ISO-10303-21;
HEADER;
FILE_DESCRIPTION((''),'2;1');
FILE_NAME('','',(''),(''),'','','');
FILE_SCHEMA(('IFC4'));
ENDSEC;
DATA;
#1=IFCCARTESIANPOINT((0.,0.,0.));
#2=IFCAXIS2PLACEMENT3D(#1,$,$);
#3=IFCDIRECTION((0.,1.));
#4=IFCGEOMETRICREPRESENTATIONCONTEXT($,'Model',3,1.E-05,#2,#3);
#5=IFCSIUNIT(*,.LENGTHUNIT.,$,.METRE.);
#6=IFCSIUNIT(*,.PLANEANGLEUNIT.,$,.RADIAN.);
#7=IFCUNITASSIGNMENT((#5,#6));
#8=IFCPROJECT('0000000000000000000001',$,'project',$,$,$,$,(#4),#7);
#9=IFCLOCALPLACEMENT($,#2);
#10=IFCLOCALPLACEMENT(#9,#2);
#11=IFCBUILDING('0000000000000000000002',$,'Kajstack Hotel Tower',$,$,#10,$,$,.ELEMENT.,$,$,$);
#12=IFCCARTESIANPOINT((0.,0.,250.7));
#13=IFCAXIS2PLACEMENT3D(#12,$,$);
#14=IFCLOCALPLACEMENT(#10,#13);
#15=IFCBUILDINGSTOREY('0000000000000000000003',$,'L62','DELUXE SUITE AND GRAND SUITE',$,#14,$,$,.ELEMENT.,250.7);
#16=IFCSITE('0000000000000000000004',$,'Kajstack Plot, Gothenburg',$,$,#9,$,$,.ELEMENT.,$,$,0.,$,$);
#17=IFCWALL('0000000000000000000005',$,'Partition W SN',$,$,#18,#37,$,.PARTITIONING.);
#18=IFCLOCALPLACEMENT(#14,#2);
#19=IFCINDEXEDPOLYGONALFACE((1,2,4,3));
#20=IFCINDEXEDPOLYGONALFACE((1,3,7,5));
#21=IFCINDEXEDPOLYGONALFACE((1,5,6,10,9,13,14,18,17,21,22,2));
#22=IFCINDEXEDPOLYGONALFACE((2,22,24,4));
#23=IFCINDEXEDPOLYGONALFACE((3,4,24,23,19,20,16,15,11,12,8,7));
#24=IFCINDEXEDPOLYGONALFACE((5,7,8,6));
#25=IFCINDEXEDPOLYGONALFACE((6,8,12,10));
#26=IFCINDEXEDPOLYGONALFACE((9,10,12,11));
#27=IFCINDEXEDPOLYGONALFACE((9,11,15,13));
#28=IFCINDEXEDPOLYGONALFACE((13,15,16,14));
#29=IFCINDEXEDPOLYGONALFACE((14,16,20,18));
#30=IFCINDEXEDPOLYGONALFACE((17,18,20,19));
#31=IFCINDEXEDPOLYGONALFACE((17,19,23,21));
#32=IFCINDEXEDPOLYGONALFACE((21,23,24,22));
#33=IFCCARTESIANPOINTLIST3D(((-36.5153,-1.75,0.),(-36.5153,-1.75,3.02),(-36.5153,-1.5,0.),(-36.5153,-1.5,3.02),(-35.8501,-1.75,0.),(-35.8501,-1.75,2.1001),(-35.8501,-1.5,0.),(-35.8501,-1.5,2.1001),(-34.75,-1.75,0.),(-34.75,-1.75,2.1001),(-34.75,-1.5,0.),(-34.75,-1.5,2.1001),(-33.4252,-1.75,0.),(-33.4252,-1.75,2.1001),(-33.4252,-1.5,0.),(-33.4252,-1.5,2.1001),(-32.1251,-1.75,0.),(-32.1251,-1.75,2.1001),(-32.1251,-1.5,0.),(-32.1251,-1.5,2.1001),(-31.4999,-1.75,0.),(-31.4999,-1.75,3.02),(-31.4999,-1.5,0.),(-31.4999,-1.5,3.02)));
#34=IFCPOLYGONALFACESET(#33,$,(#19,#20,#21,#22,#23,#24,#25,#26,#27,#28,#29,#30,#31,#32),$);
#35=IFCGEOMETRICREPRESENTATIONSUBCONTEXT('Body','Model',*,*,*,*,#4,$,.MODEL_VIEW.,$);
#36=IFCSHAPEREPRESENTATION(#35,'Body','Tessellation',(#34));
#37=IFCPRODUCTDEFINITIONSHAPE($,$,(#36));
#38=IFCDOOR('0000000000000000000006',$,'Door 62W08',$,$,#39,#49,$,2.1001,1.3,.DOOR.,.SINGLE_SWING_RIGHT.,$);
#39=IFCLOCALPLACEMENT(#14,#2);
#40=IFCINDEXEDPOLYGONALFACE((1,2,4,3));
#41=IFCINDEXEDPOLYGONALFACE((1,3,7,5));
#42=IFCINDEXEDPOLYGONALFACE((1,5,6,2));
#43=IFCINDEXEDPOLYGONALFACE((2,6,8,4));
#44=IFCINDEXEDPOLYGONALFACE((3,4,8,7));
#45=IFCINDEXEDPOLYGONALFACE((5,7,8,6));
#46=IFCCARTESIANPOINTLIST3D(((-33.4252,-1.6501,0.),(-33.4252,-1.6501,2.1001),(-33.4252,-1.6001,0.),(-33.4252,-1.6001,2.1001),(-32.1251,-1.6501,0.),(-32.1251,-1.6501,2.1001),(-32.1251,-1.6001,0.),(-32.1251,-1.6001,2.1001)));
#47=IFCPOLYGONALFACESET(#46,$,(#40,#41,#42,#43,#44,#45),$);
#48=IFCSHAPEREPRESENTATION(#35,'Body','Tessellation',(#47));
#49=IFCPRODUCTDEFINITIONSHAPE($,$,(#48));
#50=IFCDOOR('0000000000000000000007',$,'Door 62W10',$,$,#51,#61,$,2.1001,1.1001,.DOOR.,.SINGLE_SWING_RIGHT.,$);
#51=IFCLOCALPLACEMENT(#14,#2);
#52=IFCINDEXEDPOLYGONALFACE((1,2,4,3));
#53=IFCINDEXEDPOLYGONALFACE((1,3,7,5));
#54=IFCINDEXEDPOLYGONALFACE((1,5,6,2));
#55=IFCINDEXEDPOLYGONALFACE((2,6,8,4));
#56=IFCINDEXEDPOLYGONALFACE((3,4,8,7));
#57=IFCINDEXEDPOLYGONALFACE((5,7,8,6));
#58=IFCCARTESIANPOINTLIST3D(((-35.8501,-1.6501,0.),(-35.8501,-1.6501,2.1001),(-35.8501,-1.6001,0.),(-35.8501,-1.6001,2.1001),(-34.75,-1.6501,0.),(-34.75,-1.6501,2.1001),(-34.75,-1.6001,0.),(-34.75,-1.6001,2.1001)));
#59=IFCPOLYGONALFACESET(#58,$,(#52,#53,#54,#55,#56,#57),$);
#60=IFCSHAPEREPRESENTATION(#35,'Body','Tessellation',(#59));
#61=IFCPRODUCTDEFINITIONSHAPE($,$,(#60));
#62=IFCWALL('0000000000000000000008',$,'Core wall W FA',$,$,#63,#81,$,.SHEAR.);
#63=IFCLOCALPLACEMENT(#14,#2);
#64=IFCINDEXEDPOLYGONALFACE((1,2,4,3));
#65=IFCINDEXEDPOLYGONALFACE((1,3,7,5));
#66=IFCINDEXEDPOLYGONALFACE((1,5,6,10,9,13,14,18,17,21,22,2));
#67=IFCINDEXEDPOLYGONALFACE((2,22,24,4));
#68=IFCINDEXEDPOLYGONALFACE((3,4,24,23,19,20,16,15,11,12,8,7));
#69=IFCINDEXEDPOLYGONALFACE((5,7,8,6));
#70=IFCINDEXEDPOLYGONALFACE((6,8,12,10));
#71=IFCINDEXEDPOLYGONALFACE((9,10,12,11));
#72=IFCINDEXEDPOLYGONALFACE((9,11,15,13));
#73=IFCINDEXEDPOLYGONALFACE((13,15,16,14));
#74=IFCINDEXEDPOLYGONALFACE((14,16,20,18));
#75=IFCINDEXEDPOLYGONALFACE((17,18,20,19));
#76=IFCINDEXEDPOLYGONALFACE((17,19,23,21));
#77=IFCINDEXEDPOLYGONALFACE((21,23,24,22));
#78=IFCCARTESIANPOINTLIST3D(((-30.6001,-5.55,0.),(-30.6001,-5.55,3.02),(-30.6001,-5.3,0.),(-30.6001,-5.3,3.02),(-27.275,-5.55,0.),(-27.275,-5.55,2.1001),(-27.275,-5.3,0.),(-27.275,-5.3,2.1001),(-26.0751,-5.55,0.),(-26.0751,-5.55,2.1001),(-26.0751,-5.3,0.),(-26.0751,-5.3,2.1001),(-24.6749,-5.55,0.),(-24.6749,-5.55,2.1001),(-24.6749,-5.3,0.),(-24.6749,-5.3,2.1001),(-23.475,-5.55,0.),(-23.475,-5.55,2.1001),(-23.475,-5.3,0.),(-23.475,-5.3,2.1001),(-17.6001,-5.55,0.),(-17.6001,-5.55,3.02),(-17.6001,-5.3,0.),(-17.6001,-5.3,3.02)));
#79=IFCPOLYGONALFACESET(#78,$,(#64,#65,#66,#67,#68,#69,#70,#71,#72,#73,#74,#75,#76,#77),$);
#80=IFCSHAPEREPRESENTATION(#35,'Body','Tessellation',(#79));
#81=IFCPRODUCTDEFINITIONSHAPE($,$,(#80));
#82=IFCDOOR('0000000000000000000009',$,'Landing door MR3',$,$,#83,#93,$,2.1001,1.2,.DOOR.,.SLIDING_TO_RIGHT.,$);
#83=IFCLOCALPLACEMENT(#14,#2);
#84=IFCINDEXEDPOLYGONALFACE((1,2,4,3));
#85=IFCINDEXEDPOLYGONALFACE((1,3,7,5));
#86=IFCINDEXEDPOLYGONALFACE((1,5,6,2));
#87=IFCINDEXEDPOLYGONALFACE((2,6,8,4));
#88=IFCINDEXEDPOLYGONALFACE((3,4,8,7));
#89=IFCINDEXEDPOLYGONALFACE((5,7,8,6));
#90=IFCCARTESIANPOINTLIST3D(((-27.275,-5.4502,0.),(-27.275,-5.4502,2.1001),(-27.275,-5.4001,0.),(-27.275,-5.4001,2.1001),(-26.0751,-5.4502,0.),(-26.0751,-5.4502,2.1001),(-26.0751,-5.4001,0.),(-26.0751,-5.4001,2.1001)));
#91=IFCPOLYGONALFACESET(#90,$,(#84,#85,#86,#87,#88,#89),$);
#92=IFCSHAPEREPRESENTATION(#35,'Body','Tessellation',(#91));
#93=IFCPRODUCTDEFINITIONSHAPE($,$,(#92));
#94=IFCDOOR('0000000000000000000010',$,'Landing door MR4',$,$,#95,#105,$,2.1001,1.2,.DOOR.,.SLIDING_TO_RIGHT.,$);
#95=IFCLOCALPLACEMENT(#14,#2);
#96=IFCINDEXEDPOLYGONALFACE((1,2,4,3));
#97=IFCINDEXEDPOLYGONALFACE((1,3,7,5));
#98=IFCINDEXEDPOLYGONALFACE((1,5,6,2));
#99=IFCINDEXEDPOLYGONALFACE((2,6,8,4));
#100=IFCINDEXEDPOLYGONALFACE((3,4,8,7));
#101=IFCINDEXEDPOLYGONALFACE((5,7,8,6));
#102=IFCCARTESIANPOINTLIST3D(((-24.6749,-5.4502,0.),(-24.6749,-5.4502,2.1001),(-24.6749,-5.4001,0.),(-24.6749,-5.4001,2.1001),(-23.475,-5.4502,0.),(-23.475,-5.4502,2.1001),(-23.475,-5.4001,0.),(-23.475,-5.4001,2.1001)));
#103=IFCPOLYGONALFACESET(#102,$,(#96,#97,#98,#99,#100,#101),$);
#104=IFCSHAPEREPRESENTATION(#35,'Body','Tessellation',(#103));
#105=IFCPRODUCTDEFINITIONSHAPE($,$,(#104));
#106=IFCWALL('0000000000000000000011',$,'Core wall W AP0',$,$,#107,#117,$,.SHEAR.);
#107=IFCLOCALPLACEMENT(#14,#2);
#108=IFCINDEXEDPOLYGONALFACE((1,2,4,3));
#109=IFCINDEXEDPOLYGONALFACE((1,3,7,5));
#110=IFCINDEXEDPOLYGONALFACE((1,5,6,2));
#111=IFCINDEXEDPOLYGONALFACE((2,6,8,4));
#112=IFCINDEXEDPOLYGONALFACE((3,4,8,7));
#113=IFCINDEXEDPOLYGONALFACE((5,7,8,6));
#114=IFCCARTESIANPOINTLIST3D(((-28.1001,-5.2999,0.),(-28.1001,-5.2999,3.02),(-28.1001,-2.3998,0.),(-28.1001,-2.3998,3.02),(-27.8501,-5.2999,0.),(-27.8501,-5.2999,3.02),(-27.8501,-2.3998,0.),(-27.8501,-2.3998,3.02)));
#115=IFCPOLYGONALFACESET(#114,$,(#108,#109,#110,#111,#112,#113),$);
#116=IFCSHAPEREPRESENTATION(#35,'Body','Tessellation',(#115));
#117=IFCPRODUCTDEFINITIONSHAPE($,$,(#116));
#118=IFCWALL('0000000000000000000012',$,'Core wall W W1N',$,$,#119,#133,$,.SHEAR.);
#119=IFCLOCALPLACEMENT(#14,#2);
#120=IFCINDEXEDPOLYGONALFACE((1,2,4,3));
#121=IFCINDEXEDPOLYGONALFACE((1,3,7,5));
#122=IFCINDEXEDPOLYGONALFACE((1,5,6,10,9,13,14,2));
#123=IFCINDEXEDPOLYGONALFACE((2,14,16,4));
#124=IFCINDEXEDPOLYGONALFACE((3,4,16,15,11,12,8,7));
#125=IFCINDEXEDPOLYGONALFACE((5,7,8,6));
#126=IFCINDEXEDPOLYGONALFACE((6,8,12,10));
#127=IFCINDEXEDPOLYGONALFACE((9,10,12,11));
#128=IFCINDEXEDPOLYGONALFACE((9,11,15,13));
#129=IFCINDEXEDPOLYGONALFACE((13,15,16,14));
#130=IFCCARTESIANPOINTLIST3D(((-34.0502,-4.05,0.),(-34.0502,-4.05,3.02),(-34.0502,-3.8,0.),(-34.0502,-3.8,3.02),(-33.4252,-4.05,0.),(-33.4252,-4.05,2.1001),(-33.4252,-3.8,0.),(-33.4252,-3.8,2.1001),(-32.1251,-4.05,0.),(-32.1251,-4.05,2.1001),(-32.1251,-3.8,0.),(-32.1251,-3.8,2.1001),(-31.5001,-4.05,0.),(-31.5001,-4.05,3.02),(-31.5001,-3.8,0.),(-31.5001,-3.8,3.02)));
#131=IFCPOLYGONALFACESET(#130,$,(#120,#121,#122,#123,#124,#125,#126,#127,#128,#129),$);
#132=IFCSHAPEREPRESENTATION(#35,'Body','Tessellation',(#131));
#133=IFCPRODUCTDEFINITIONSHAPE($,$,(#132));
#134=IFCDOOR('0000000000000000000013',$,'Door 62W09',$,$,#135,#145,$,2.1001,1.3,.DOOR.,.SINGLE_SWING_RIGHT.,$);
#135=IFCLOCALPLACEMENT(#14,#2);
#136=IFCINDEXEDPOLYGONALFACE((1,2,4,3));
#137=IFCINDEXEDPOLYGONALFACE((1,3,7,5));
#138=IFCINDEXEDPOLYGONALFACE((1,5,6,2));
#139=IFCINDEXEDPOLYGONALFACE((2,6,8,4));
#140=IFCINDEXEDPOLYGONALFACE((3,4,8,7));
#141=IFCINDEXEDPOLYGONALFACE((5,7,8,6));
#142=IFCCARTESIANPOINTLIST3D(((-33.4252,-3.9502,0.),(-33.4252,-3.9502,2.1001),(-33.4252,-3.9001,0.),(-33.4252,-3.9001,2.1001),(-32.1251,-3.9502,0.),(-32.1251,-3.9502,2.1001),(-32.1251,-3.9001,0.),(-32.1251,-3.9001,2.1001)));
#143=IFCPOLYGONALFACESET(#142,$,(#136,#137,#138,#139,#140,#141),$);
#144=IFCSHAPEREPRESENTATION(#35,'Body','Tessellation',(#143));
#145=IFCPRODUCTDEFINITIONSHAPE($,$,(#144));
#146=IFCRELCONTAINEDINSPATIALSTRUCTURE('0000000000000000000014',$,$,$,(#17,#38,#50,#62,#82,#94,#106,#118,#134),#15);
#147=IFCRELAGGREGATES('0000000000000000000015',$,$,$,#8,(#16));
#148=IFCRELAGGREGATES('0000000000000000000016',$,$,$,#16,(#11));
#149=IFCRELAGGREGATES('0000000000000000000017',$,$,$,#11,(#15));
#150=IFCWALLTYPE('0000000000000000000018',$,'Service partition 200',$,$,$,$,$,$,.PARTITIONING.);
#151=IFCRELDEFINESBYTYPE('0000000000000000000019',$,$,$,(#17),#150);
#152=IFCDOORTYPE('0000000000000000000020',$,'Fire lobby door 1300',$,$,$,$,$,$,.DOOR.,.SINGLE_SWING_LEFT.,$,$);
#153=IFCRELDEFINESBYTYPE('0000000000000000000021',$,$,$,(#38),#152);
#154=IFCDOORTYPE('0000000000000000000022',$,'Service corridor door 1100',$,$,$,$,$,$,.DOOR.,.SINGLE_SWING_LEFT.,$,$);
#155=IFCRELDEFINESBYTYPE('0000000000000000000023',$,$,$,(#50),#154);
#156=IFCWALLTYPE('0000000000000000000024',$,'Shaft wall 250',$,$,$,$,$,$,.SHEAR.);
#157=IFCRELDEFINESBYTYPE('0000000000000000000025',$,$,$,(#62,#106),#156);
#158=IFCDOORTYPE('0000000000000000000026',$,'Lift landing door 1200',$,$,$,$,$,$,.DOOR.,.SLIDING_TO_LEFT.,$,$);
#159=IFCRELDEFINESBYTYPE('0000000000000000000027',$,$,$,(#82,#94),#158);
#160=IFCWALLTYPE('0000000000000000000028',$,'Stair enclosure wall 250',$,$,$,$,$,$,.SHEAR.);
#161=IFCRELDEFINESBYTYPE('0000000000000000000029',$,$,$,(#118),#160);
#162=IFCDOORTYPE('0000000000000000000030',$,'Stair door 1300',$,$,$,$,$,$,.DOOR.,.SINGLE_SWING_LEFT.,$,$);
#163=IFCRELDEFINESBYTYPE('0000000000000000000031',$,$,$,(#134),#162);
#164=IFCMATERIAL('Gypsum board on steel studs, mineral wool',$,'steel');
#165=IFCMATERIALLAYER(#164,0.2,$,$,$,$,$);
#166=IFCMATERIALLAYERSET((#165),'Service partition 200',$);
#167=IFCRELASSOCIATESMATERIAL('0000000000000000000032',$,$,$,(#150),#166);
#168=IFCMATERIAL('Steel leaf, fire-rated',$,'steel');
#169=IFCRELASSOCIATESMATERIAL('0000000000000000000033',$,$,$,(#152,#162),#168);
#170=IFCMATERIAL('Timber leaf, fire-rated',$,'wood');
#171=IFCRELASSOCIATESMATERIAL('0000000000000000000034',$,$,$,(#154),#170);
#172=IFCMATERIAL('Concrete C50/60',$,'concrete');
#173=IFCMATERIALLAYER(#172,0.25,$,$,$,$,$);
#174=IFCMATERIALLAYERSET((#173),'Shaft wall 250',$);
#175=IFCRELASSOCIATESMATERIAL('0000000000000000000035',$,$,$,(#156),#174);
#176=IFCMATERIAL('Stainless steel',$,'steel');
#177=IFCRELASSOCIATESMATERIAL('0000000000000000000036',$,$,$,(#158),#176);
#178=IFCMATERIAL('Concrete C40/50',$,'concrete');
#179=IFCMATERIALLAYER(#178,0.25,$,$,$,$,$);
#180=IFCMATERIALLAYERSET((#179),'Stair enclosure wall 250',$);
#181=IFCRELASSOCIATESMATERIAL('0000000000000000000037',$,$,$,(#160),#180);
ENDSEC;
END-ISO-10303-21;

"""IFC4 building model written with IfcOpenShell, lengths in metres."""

from ifc_helpers import new_model, si_unit, direction, frame, frame_2d, origin, place, context, subcontext, project, spatial, rectangle, extrude, material, layer, layer_set, type_object, element, fill, save


model = new_model("IFC4")

# Units and contexts
model_context = context("Model", 3, precision=1e-05, world=origin(), true_north=direction((0.0, 1.0)))
body_context = subcontext(model_context, "Body", "Model", "MODEL_VIEW")
ifc_project = project(units=[si_unit("LENGTHUNIT", "METRE"), si_unit("PLANEANGLEUNIT", "RADIAN")], contexts=[model_context])

# Site, building, storey
site_placement = place(None, origin())
site = spatial("IfcSite", under=ifc_project, at=site_placement, Name="Kajstack Plot, Gothenburg", CompositionType="ELEMENT", RefElevation=0.0)
building_placement = place(site_placement, origin())
building = spatial("IfcBuilding", under=site, at=building_placement, Name="Kajstack Hotel Tower", CompositionType="ELEMENT")
storey_placement = place(building_placement, frame((0.0, 0.0, 250.7)))
storey = spatial("IfcBuildingStorey", under=building, at=storey_placement, Name="L62", Description="DELUXE SUITE AND GRAND SUITE", CompositionType="ELEMENT", Elevation=250.7)

# Shared definitions
ifc_material_1 = material(Name="Gypsum board on steel studs, mineral wool", Category="steel")

# Shared definitions
ifc_material_2 = material(Name="Concrete C50/60", Category="concrete")

# Walls, openings, doors
ifc_layer_1 = layer(ifc_material_1, 0.2)
ifc_layer_set_1 = layer_set([ifc_layer_1], Name="Service partition 200")
wall_type_1 = type_object("IfcWallType", Name="Service partition 200", PredefinedType="PARTITIONING", material=ifc_layer_set_1)
wall_1_placement = place(storey_placement, frame((-36.5154, -1.625, 0.0), z_axis=(0.0, 0.0, 1.0), x_axis=(1.0, 0.0, 0.0)))
wall_1 = element("IfcWall", 1, at=wall_1_placement, inside=storey, type_object=wall_type_1, Name="Partition W SN", PredefinedType="PARTITIONING", context=body_context, shape_type="SweptSolid", body=[
    extrude(rectangle(XDim=5.0154, YDim=0.25, at=frame_2d((2.5078, 0.0))), origin(), (0.0, 0.0, 1.0), 3.02),
])
opening_1_placement = place(wall_1_placement, frame((3.0903, 0.0, 0.0)))
opening_1 = element("IfcOpeningElement", 2, at=opening_1_placement, cuts=wall_1, PredefinedType="OPENING", context=body_context, shape_type="SweptSolid", body=[
    extrude(rectangle(XDim=1.3, YDim=2.1001, at=frame_2d((0.6499, 1.05))), frame((0.0, 0.135, 0.0), z_axis=(0.0, -1.0, 0.0), x_axis=(1.0, 0.0, 0.0)), (0.0, 0.0, 1.0), 0.27),
])
opening_2_placement = place(wall_1_placement, frame((0.6653, 0.0, 0.0)))
opening_2 = element("IfcOpeningElement", 3, at=opening_2_placement, cuts=wall_1, PredefinedType="OPENING", context=body_context, shape_type="SweptSolid", body=[
    extrude(rectangle(XDim=1.1001, YDim=2.1001, at=frame_2d((0.55, 1.05))), frame((0.0, 0.135, 0.0), z_axis=(0.0, -1.0, 0.0), x_axis=(1.0, 0.0, 0.0)), (0.0, 0.0, 1.0), 0.27),
])
ifc_material_3 = material(Name="Steel leaf, fire-rated", Category="steel")
door_type_1 = type_object("IfcDoorType", Name="Fire lobby door 1300", OperationType="SINGLE_SWING_LEFT", PredefinedType="DOOR", material=ifc_material_3)
door_1_placement = place(opening_1_placement, origin())
door_1 = element("IfcDoor", 4, at=door_1_placement, inside=storey, type_object=door_type_1, Name="Door 62W08", OperationType="SINGLE_SWING_RIGHT", OverallHeight=2.1001, OverallWidth=1.3, PredefinedType="DOOR", context=body_context, shape_type="SweptSolid", body=[
    extrude(rectangle(XDim=1.3, YDim=2.1001, at=frame_2d((0.6499, 1.05))), frame((0.0, 0.0249, 0.0), z_axis=(0.0, -1.0, 0.0), x_axis=(1.0, 0.0, 0.0)), (0.0, 0.0, 1.0), 0.05),
])
fill(opening_1, door_1)
ifc_material_4 = material(Name="Timber leaf, fire-rated", Category="wood")
door_type_2 = type_object("IfcDoorType", Name="Service corridor door 1100", OperationType="SINGLE_SWING_LEFT", PredefinedType="DOOR", material=ifc_material_4)
door_2_placement = place(opening_2_placement, origin())
door_2 = element("IfcDoor", 5, at=door_2_placement, inside=storey, type_object=door_type_2, Name="Door 62W10", OperationType="SINGLE_SWING_RIGHT", OverallHeight=2.1001, OverallWidth=1.1001, PredefinedType="DOOR", context=body_context, shape_type="SweptSolid", body=[
    extrude(rectangle(XDim=1.1001, YDim=2.1001, at=frame_2d((0.55, 1.05))), frame((0.0, 0.0249, 0.0), z_axis=(0.0, -1.0, 0.0), x_axis=(1.0, 0.0, 0.0)), (0.0, 0.0, 1.0), 0.05),
])
fill(opening_2, door_2)
ifc_layer_2 = layer(ifc_material_2, 0.25)
ifc_layer_set_2 = layer_set([ifc_layer_2], Name="Shaft wall 250")
wall_type_2 = type_object("IfcWallType", Name="Shaft wall 250", PredefinedType="SHEAR", material=ifc_layer_set_2)
wall_2_placement = place(storey_placement, frame((-30.6001, -5.425, 0.0), z_axis=(0.0, 0.0, 1.0), x_axis=(1.0, 0.0, 0.0)))
wall_2 = element("IfcWall", 6, at=wall_2_placement, inside=storey, type_object=wall_type_2, Name="Core wall W FA", PredefinedType="SHEAR", context=body_context, shape_type="SweptSolid", body=[
    extrude(rectangle(XDim=13.0, YDim=0.25, at=frame_2d((6.5, 0.0))), origin(), (0.0, 0.0, 1.0), 3.02),
])
opening_3_placement = place(wall_2_placement, frame((3.325, 0.0, 0.0)))
opening_3 = element("IfcOpeningElement", 7, at=opening_3_placement, cuts=wall_2, PredefinedType="OPENING", context=body_context, shape_type="SweptSolid", body=[
    extrude(rectangle(XDim=1.2, YDim=2.1001, at=frame_2d((0.6001, 1.05))), frame((0.0, 0.135, 0.0), z_axis=(0.0, -1.0, 0.0), x_axis=(1.0, 0.0, 0.0)), (0.0, 0.0, 1.0), 0.27),
])
opening_4_placement = place(wall_2_placement, frame((5.925, 0.0, 0.0)))
opening_4 = element("IfcOpeningElement", 8, at=opening_4_placement, cuts=wall_2, PredefinedType="OPENING", context=body_context, shape_type="SweptSolid", body=[
    extrude(rectangle(XDim=1.2, YDim=2.1001, at=frame_2d((0.6001, 1.05))), frame((0.0, 0.135, 0.0), z_axis=(0.0, -1.0, 0.0), x_axis=(1.0, 0.0, 0.0)), (0.0, 0.0, 1.0), 0.27),
])
ifc_material_5 = material(Name="Stainless steel", Category="steel")
door_type_3 = type_object("IfcDoorType", Name="Lift landing door 1200", OperationType="SLIDING_TO_LEFT", PredefinedType="DOOR", material=ifc_material_5)
door_3_placement = place(opening_3_placement, origin())
door_3 = element("IfcDoor", 9, at=door_3_placement, inside=storey, type_object=door_type_3, Name="Landing door MR3", OperationType="SLIDING_TO_RIGHT", OverallHeight=2.1001, OverallWidth=1.2, PredefinedType="DOOR", context=body_context, shape_type="SweptSolid", body=[
    extrude(rectangle(XDim=1.2, YDim=2.1001, at=frame_2d((0.6001, 1.05))), frame((0.0, 0.0249, 0.0), z_axis=(0.0, -1.0, 0.0), x_axis=(1.0, 0.0, 0.0)), (0.0, 0.0, 1.0), 0.05),
])
fill(opening_3, door_3)
door_4_placement = place(opening_4_placement, origin())
door_4 = element("IfcDoor", 10, at=door_4_placement, inside=storey, type_object=door_type_3, Name="Landing door MR4", OperationType="SLIDING_TO_RIGHT", OverallHeight=2.1001, OverallWidth=1.2, PredefinedType="DOOR", context=body_context, shape_type="SweptSolid", body=[
    extrude(rectangle(XDim=1.2, YDim=2.1001, at=frame_2d((0.6001, 1.05))), frame((0.0, 0.0249, 0.0), z_axis=(0.0, -1.0, 0.0), x_axis=(1.0, 0.0, 0.0)), (0.0, 0.0, 1.0), 0.05),
])
fill(opening_4, door_4)

# Wall
wall_3_placement = place(storey_placement, frame((-27.9751, -5.3, 0.0), z_axis=(0.0, 0.0, 1.0), x_axis=(0.0, 1.0, 0.0)))
element("IfcWall", 11, at=wall_3_placement, inside=storey, type_object=wall_type_2, Name="Core wall W AP0", PredefinedType="SHEAR", context=body_context, shape_type="SweptSolid", body=[
    extrude(rectangle(XDim=2.9001, YDim=0.25, at=frame_2d((1.4502, 0.0))), origin(), (0.0, 0.0, 1.0), 3.02),
])

# Wall, opening, door
ifc_material_6 = material(Name="Concrete C40/50", Category="concrete")
ifc_layer_3 = layer(ifc_material_6, 0.25)
ifc_layer_set_3 = layer_set([ifc_layer_3], Name="Stair enclosure wall 250")
wall_type_3 = type_object("IfcWallType", Name="Stair enclosure wall 250", PredefinedType="SHEAR", material=ifc_layer_set_3)
wall_4_placement = place(storey_placement, frame((-34.05, -3.925, 0.0), z_axis=(0.0, 0.0, 1.0), x_axis=(1.0, 0.0, 0.0)))
wall_4 = element("IfcWall", 12, at=wall_4_placement, inside=storey, type_object=wall_type_3, Name="Core wall W W1N", PredefinedType="SHEAR", context=body_context, shape_type="SweptSolid", body=[
    extrude(rectangle(XDim=2.55, YDim=0.25, at=frame_2d((1.2749, 0.0))), origin(), (0.0, 0.0, 1.0), 3.02),
])
opening_5_placement = place(wall_4_placement, frame((0.625, 0.0, 0.0)))
opening_5 = element("IfcOpeningElement", 13, at=opening_5_placement, cuts=wall_4, PredefinedType="OPENING", context=body_context, shape_type="SweptSolid", body=[
    extrude(rectangle(XDim=1.3, YDim=2.1001, at=frame_2d((0.6499, 1.05))), frame((0.0, 0.135, 0.0), z_axis=(0.0, -1.0, 0.0), x_axis=(1.0, 0.0, 0.0)), (0.0, 0.0, 1.0), 0.27),
])
door_type_4 = type_object("IfcDoorType", Name="Stair door 1300", OperationType="SINGLE_SWING_LEFT", PredefinedType="DOOR", material=ifc_material_3)
door_5_placement = place(opening_5_placement, origin())
door_5 = element("IfcDoor", 14, at=door_5_placement, inside=storey, type_object=door_type_4, Name="Door 62W09", OperationType="SINGLE_SWING_RIGHT", OverallHeight=2.1001, OverallWidth=1.3, PredefinedType="DOOR", context=body_context, shape_type="SweptSolid", body=[
    extrude(rectangle(XDim=1.3, YDim=2.1001, at=frame_2d((0.6499, 1.05))), frame((0.0, 0.0249, 0.0), z_axis=(0.0, -1.0, 0.0), x_axis=(1.0, 0.0, 0.0)), (0.0, 0.0, 1.0), 0.05),
])
fill(opening_5, door_5)

save(model, "model.ifc")
